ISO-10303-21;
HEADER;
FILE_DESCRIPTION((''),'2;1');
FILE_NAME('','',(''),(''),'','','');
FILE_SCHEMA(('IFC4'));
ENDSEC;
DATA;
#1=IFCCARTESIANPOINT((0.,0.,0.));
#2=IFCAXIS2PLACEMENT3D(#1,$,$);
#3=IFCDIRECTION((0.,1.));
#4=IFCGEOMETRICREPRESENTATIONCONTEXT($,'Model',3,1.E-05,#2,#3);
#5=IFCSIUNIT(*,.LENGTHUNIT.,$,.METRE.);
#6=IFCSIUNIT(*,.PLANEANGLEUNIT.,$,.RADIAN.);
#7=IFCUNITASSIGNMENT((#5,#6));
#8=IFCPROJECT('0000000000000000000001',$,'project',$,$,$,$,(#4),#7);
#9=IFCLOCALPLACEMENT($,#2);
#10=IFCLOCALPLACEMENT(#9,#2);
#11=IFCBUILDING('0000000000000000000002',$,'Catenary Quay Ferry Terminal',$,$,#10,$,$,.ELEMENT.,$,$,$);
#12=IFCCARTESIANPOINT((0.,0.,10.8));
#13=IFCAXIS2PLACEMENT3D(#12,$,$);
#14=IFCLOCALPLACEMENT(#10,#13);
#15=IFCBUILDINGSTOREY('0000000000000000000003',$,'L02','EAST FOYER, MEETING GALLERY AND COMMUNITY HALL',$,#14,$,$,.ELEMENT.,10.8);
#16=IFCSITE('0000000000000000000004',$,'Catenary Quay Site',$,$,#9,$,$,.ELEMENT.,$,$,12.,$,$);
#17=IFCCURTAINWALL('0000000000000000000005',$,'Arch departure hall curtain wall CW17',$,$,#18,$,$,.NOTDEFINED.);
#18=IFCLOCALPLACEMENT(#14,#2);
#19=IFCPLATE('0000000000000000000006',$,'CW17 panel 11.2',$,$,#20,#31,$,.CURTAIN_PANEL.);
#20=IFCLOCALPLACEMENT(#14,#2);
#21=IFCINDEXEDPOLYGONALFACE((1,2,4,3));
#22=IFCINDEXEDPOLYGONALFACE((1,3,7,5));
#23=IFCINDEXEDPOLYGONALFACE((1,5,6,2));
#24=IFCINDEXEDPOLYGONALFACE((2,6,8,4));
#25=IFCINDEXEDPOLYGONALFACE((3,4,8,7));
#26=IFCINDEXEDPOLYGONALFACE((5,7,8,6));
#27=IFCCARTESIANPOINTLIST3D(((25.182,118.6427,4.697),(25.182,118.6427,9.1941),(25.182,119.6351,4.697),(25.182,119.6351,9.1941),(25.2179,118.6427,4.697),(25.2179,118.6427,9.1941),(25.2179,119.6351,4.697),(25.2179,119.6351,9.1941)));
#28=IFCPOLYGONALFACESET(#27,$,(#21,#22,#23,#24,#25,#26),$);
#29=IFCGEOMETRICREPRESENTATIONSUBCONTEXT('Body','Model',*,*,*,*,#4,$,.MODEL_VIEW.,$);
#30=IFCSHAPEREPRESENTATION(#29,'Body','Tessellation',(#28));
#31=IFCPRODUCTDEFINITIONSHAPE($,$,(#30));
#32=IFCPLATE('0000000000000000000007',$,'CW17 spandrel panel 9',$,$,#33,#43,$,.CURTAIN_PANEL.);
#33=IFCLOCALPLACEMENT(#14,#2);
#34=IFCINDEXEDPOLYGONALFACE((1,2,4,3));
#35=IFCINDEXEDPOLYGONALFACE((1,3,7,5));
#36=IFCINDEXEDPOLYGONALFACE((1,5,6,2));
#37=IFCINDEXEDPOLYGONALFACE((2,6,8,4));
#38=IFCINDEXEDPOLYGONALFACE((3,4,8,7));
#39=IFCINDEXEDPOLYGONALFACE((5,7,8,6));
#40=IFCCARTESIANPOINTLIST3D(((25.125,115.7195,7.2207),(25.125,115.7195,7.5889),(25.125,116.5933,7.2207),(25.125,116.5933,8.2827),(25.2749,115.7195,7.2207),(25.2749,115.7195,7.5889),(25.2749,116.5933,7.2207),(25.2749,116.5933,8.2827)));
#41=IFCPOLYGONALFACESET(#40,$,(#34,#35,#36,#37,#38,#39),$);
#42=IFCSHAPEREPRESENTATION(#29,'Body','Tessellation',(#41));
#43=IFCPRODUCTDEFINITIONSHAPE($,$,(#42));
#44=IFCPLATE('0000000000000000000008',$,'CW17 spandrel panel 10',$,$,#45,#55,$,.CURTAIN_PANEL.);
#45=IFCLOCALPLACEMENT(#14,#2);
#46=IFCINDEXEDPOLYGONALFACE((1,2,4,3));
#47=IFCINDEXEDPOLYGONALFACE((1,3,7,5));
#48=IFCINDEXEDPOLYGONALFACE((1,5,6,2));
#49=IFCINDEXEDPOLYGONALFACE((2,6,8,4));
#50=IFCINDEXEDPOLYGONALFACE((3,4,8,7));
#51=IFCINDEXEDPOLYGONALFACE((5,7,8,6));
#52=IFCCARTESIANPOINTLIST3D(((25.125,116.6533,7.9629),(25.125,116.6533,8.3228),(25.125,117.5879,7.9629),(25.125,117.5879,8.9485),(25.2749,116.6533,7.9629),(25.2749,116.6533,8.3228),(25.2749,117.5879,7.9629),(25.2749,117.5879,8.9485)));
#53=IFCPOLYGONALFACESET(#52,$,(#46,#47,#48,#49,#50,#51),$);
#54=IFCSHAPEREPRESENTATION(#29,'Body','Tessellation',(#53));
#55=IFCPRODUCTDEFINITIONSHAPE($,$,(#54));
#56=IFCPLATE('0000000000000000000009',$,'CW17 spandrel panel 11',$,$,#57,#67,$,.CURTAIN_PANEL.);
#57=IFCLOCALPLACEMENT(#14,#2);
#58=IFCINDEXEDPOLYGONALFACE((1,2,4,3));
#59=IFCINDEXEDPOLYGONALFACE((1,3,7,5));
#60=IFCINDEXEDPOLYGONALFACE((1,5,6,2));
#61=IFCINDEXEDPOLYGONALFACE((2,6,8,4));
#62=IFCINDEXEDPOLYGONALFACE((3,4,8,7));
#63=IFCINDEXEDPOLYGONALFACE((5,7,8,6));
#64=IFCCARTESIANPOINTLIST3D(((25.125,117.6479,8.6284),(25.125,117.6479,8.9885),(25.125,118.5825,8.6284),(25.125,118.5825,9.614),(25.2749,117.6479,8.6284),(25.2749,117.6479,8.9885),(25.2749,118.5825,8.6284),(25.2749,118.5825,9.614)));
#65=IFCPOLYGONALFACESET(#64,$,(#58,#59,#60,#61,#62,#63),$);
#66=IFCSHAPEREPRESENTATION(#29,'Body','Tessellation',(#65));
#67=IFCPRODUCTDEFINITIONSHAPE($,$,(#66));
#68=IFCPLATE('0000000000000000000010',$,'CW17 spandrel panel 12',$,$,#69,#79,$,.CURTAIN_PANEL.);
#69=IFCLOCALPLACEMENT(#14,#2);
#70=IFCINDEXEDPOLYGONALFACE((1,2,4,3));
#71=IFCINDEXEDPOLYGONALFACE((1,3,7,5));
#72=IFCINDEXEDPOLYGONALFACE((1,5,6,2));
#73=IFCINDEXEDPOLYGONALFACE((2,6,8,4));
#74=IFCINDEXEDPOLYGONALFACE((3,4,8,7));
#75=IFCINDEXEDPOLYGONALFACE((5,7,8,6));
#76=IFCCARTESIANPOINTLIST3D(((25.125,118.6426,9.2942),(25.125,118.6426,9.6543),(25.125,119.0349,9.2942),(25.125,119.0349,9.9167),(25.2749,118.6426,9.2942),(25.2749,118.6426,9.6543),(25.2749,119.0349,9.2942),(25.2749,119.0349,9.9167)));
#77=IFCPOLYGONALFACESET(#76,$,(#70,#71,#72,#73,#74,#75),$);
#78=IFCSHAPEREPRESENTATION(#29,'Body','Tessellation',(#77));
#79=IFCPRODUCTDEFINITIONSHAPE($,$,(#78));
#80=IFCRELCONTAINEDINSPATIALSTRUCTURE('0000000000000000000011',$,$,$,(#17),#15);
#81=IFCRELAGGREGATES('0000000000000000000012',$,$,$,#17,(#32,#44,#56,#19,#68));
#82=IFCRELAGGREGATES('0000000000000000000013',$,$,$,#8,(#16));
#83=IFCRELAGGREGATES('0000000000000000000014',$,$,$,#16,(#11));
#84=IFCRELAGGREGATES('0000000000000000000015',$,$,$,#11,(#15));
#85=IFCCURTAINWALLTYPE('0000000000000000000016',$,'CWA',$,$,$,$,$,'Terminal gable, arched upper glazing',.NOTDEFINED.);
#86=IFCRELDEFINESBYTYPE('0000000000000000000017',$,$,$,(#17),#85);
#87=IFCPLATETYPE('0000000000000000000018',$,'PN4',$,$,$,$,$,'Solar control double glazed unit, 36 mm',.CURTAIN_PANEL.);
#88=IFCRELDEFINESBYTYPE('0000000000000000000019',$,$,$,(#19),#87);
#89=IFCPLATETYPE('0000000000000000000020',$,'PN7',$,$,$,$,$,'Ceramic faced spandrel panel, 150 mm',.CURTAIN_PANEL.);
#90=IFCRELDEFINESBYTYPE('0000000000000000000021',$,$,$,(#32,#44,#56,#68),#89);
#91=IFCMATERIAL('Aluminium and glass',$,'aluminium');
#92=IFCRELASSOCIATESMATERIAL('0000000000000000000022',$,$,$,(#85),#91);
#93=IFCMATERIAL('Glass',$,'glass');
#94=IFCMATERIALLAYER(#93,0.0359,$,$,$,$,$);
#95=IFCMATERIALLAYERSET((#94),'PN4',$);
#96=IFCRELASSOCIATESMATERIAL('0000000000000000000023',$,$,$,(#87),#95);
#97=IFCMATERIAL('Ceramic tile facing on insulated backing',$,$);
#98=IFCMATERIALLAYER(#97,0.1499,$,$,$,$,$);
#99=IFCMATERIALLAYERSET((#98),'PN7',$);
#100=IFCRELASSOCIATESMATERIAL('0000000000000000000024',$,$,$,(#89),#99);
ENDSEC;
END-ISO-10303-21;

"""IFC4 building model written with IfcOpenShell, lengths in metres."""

from ifc_helpers import new_model, si_unit, direction, frame, origin, origin_2d, place, context, subcontext, project, spatial, polyline, rectangle, outline, extrude, material, layer, layer_set, type_object, element, aggregate, save


model = new_model("IFC4")

# Units and contexts
model_context = context("Model", 3, precision=1e-05, world=origin(), true_north=direction((0.0, 1.0)))
body_context = subcontext(model_context, "Body", "Model", "MODEL_VIEW")
ifc_project = project(units=[si_unit("LENGTHUNIT", "METRE"), si_unit("PLANEANGLEUNIT", "RADIAN")], contexts=[model_context])

# Site, building, storey
site_placement = place(None, origin())
site = spatial("IfcSite", under=ifc_project, at=site_placement, Name="Catenary Quay Site", CompositionType="ELEMENT", RefElevation=12.0)
building_placement = place(site_placement, origin())
building = spatial("IfcBuilding", under=site, at=building_placement, Name="Catenary Quay Ferry Terminal", CompositionType="ELEMENT")
storey_placement = place(building_placement, frame((0.0, 0.0, 10.8)))
storey = spatial("IfcBuildingStorey", under=building, at=storey_placement, Name="L02", Description="EAST FOYER, MEETING GALLERY AND COMMUNITY HALL", CompositionType="ELEMENT", Elevation=10.8)

# Curtain wall, plates
ifc_material_1 = material(Name="Aluminium and glass", Category="aluminium")
curtain_wall_type = type_object("IfcCurtainWallType", Name="CWA", ElementType="Terminal gable, arched upper glazing", PredefinedType="NOTDEFINED", material=ifc_material_1)
curtain_wall_placement = place(storey_placement, origin())
curtain_wall = element("IfcCurtainWall", 1, at=curtain_wall_placement, inside=storey, type_object=curtain_wall_type, Name="Arch departure hall curtain wall CW17", PredefinedType="NOTDEFINED")
ifc_material_2 = material(Name="Glass", Category="glass")
ifc_layer_1 = layer(ifc_material_2, 0.0359)
ifc_layer_set_1 = layer_set([ifc_layer_1], Name="PN4")
plate_type_1 = type_object("IfcPlateType", Name="PN4", ElementType="Solar control double glazed unit, 36 mm", PredefinedType="CURTAIN_PANEL", material=ifc_layer_set_1)
plate_1_placement = place(storey_placement, frame((25.2, 119.1389, 4.697), z_axis=(0.0, 0.0, 1.0), x_axis=(0.0, 1.0, 0.0)))
plate_1 = element("IfcPlate", 2, at=plate_1_placement, type_object=plate_type_1, Name="CW17 panel 11.2", PredefinedType="CURTAIN_PANEL", context=body_context, shape_type="SweptSolid", body=[
    extrude(rectangle(XDim=0.9924, YDim=0.0359, at=origin_2d()), origin(), (0.0, 0.0, 1.0), 4.4971),
])
ifc_material_3 = material(Name="Ceramic tile facing on insulated backing")
ifc_layer_2 = layer(ifc_material_3, 0.1499)
ifc_layer_set_2 = layer_set([ifc_layer_2], Name="PN7")
plate_type_2 = type_object("IfcPlateType", Name="PN7", ElementType="Ceramic faced spandrel panel, 150 mm", PredefinedType="CURTAIN_PANEL", material=ifc_layer_set_2)
plate_2_placement = place(storey_placement, frame((25.2, 115.7195, 7.2207), z_axis=(0.0, 0.0, 1.0), x_axis=(0.0, 1.0, 0.0)))
plate_2 = element("IfcPlate", 3, at=plate_2_placement, type_object=plate_type_2, Name="CW17 spandrel panel 9", PredefinedType="CURTAIN_PANEL", context=body_context, shape_type="SweptSolid", body=[
    extrude(outline(polyline([(0.0, 0.0), (0.8738, 0.0), (0.8738, 1.062), (0.0, 0.3682), (0.0, 0.0)])), frame((0.0, 0.075, 0.0), z_axis=(0.0, -1.0, 0.0), x_axis=(1.0, 0.0, 0.0)), (0.0, 0.0, 1.0), 0.1499),
])
plate_3_placement = place(storey_placement, frame((25.2, 116.6533, 7.9629), z_axis=(0.0, 0.0, 1.0), x_axis=(0.0, 1.0, 0.0)))
plate_3 = element("IfcPlate", 4, at=plate_3_placement, type_object=plate_type_2, Name="CW17 spandrel panel 10", PredefinedType="CURTAIN_PANEL", context=body_context, shape_type="SweptSolid", body=[
    extrude(outline(polyline([(0.0, 0.0), (0.9346, 0.0), (0.9346, 0.9856), (0.0, 0.3599), (0.0, 0.0)])), frame((0.0, 0.075, 0.0), z_axis=(0.0, -1.0, 0.0), x_axis=(1.0, 0.0, 0.0)), (0.0, 0.0, 1.0), 0.1499),
])
plate_4_placement = place(storey_placement, frame((25.2, 117.6479, 8.6284), z_axis=(0.0, 0.0, 1.0), x_axis=(0.0, 1.0, 0.0)))
plate_4 = element("IfcPlate", 5, at=plate_4_placement, type_object=plate_type_2, Name="CW17 spandrel panel 11", PredefinedType="CURTAIN_PANEL", context=body_context, shape_type="SweptSolid", body=[
    extrude(outline(polyline([(0.0, 0.0), (0.9346, 0.0), (0.9346, 0.9856), (0.0, 0.3601), (0.0, 0.0)])), frame((0.0, 0.075, 0.0), z_axis=(0.0, -1.0, 0.0), x_axis=(1.0, 0.0, 0.0)), (0.0, 0.0, 1.0), 0.1499),
])
plate_5_placement = place(storey_placement, frame((25.2, 118.6426, 9.2942), z_axis=(0.0, 0.0, 1.0), x_axis=(0.0, 1.0, 0.0)))
plate_5 = element("IfcPlate", 6, at=plate_5_placement, type_object=plate_type_2, Name="CW17 spandrel panel 12", PredefinedType="CURTAIN_PANEL", context=body_context, shape_type="SweptSolid", body=[
    extrude(outline(polyline([(0.0, 0.0), (0.3923, 0.0), (0.3923, 0.6226), (0.0, 0.3601), (0.0, 0.0)])), frame((0.0, 0.075, 0.0), z_axis=(0.0, -1.0, 0.0), x_axis=(1.0, 0.0, 0.0)), (0.0, 0.0, 1.0), 0.1499),
])
aggregate(curtain_wall, [plate_2, plate_3, plate_4, plate_1, plate_5])

save(model, "model.ifc")
